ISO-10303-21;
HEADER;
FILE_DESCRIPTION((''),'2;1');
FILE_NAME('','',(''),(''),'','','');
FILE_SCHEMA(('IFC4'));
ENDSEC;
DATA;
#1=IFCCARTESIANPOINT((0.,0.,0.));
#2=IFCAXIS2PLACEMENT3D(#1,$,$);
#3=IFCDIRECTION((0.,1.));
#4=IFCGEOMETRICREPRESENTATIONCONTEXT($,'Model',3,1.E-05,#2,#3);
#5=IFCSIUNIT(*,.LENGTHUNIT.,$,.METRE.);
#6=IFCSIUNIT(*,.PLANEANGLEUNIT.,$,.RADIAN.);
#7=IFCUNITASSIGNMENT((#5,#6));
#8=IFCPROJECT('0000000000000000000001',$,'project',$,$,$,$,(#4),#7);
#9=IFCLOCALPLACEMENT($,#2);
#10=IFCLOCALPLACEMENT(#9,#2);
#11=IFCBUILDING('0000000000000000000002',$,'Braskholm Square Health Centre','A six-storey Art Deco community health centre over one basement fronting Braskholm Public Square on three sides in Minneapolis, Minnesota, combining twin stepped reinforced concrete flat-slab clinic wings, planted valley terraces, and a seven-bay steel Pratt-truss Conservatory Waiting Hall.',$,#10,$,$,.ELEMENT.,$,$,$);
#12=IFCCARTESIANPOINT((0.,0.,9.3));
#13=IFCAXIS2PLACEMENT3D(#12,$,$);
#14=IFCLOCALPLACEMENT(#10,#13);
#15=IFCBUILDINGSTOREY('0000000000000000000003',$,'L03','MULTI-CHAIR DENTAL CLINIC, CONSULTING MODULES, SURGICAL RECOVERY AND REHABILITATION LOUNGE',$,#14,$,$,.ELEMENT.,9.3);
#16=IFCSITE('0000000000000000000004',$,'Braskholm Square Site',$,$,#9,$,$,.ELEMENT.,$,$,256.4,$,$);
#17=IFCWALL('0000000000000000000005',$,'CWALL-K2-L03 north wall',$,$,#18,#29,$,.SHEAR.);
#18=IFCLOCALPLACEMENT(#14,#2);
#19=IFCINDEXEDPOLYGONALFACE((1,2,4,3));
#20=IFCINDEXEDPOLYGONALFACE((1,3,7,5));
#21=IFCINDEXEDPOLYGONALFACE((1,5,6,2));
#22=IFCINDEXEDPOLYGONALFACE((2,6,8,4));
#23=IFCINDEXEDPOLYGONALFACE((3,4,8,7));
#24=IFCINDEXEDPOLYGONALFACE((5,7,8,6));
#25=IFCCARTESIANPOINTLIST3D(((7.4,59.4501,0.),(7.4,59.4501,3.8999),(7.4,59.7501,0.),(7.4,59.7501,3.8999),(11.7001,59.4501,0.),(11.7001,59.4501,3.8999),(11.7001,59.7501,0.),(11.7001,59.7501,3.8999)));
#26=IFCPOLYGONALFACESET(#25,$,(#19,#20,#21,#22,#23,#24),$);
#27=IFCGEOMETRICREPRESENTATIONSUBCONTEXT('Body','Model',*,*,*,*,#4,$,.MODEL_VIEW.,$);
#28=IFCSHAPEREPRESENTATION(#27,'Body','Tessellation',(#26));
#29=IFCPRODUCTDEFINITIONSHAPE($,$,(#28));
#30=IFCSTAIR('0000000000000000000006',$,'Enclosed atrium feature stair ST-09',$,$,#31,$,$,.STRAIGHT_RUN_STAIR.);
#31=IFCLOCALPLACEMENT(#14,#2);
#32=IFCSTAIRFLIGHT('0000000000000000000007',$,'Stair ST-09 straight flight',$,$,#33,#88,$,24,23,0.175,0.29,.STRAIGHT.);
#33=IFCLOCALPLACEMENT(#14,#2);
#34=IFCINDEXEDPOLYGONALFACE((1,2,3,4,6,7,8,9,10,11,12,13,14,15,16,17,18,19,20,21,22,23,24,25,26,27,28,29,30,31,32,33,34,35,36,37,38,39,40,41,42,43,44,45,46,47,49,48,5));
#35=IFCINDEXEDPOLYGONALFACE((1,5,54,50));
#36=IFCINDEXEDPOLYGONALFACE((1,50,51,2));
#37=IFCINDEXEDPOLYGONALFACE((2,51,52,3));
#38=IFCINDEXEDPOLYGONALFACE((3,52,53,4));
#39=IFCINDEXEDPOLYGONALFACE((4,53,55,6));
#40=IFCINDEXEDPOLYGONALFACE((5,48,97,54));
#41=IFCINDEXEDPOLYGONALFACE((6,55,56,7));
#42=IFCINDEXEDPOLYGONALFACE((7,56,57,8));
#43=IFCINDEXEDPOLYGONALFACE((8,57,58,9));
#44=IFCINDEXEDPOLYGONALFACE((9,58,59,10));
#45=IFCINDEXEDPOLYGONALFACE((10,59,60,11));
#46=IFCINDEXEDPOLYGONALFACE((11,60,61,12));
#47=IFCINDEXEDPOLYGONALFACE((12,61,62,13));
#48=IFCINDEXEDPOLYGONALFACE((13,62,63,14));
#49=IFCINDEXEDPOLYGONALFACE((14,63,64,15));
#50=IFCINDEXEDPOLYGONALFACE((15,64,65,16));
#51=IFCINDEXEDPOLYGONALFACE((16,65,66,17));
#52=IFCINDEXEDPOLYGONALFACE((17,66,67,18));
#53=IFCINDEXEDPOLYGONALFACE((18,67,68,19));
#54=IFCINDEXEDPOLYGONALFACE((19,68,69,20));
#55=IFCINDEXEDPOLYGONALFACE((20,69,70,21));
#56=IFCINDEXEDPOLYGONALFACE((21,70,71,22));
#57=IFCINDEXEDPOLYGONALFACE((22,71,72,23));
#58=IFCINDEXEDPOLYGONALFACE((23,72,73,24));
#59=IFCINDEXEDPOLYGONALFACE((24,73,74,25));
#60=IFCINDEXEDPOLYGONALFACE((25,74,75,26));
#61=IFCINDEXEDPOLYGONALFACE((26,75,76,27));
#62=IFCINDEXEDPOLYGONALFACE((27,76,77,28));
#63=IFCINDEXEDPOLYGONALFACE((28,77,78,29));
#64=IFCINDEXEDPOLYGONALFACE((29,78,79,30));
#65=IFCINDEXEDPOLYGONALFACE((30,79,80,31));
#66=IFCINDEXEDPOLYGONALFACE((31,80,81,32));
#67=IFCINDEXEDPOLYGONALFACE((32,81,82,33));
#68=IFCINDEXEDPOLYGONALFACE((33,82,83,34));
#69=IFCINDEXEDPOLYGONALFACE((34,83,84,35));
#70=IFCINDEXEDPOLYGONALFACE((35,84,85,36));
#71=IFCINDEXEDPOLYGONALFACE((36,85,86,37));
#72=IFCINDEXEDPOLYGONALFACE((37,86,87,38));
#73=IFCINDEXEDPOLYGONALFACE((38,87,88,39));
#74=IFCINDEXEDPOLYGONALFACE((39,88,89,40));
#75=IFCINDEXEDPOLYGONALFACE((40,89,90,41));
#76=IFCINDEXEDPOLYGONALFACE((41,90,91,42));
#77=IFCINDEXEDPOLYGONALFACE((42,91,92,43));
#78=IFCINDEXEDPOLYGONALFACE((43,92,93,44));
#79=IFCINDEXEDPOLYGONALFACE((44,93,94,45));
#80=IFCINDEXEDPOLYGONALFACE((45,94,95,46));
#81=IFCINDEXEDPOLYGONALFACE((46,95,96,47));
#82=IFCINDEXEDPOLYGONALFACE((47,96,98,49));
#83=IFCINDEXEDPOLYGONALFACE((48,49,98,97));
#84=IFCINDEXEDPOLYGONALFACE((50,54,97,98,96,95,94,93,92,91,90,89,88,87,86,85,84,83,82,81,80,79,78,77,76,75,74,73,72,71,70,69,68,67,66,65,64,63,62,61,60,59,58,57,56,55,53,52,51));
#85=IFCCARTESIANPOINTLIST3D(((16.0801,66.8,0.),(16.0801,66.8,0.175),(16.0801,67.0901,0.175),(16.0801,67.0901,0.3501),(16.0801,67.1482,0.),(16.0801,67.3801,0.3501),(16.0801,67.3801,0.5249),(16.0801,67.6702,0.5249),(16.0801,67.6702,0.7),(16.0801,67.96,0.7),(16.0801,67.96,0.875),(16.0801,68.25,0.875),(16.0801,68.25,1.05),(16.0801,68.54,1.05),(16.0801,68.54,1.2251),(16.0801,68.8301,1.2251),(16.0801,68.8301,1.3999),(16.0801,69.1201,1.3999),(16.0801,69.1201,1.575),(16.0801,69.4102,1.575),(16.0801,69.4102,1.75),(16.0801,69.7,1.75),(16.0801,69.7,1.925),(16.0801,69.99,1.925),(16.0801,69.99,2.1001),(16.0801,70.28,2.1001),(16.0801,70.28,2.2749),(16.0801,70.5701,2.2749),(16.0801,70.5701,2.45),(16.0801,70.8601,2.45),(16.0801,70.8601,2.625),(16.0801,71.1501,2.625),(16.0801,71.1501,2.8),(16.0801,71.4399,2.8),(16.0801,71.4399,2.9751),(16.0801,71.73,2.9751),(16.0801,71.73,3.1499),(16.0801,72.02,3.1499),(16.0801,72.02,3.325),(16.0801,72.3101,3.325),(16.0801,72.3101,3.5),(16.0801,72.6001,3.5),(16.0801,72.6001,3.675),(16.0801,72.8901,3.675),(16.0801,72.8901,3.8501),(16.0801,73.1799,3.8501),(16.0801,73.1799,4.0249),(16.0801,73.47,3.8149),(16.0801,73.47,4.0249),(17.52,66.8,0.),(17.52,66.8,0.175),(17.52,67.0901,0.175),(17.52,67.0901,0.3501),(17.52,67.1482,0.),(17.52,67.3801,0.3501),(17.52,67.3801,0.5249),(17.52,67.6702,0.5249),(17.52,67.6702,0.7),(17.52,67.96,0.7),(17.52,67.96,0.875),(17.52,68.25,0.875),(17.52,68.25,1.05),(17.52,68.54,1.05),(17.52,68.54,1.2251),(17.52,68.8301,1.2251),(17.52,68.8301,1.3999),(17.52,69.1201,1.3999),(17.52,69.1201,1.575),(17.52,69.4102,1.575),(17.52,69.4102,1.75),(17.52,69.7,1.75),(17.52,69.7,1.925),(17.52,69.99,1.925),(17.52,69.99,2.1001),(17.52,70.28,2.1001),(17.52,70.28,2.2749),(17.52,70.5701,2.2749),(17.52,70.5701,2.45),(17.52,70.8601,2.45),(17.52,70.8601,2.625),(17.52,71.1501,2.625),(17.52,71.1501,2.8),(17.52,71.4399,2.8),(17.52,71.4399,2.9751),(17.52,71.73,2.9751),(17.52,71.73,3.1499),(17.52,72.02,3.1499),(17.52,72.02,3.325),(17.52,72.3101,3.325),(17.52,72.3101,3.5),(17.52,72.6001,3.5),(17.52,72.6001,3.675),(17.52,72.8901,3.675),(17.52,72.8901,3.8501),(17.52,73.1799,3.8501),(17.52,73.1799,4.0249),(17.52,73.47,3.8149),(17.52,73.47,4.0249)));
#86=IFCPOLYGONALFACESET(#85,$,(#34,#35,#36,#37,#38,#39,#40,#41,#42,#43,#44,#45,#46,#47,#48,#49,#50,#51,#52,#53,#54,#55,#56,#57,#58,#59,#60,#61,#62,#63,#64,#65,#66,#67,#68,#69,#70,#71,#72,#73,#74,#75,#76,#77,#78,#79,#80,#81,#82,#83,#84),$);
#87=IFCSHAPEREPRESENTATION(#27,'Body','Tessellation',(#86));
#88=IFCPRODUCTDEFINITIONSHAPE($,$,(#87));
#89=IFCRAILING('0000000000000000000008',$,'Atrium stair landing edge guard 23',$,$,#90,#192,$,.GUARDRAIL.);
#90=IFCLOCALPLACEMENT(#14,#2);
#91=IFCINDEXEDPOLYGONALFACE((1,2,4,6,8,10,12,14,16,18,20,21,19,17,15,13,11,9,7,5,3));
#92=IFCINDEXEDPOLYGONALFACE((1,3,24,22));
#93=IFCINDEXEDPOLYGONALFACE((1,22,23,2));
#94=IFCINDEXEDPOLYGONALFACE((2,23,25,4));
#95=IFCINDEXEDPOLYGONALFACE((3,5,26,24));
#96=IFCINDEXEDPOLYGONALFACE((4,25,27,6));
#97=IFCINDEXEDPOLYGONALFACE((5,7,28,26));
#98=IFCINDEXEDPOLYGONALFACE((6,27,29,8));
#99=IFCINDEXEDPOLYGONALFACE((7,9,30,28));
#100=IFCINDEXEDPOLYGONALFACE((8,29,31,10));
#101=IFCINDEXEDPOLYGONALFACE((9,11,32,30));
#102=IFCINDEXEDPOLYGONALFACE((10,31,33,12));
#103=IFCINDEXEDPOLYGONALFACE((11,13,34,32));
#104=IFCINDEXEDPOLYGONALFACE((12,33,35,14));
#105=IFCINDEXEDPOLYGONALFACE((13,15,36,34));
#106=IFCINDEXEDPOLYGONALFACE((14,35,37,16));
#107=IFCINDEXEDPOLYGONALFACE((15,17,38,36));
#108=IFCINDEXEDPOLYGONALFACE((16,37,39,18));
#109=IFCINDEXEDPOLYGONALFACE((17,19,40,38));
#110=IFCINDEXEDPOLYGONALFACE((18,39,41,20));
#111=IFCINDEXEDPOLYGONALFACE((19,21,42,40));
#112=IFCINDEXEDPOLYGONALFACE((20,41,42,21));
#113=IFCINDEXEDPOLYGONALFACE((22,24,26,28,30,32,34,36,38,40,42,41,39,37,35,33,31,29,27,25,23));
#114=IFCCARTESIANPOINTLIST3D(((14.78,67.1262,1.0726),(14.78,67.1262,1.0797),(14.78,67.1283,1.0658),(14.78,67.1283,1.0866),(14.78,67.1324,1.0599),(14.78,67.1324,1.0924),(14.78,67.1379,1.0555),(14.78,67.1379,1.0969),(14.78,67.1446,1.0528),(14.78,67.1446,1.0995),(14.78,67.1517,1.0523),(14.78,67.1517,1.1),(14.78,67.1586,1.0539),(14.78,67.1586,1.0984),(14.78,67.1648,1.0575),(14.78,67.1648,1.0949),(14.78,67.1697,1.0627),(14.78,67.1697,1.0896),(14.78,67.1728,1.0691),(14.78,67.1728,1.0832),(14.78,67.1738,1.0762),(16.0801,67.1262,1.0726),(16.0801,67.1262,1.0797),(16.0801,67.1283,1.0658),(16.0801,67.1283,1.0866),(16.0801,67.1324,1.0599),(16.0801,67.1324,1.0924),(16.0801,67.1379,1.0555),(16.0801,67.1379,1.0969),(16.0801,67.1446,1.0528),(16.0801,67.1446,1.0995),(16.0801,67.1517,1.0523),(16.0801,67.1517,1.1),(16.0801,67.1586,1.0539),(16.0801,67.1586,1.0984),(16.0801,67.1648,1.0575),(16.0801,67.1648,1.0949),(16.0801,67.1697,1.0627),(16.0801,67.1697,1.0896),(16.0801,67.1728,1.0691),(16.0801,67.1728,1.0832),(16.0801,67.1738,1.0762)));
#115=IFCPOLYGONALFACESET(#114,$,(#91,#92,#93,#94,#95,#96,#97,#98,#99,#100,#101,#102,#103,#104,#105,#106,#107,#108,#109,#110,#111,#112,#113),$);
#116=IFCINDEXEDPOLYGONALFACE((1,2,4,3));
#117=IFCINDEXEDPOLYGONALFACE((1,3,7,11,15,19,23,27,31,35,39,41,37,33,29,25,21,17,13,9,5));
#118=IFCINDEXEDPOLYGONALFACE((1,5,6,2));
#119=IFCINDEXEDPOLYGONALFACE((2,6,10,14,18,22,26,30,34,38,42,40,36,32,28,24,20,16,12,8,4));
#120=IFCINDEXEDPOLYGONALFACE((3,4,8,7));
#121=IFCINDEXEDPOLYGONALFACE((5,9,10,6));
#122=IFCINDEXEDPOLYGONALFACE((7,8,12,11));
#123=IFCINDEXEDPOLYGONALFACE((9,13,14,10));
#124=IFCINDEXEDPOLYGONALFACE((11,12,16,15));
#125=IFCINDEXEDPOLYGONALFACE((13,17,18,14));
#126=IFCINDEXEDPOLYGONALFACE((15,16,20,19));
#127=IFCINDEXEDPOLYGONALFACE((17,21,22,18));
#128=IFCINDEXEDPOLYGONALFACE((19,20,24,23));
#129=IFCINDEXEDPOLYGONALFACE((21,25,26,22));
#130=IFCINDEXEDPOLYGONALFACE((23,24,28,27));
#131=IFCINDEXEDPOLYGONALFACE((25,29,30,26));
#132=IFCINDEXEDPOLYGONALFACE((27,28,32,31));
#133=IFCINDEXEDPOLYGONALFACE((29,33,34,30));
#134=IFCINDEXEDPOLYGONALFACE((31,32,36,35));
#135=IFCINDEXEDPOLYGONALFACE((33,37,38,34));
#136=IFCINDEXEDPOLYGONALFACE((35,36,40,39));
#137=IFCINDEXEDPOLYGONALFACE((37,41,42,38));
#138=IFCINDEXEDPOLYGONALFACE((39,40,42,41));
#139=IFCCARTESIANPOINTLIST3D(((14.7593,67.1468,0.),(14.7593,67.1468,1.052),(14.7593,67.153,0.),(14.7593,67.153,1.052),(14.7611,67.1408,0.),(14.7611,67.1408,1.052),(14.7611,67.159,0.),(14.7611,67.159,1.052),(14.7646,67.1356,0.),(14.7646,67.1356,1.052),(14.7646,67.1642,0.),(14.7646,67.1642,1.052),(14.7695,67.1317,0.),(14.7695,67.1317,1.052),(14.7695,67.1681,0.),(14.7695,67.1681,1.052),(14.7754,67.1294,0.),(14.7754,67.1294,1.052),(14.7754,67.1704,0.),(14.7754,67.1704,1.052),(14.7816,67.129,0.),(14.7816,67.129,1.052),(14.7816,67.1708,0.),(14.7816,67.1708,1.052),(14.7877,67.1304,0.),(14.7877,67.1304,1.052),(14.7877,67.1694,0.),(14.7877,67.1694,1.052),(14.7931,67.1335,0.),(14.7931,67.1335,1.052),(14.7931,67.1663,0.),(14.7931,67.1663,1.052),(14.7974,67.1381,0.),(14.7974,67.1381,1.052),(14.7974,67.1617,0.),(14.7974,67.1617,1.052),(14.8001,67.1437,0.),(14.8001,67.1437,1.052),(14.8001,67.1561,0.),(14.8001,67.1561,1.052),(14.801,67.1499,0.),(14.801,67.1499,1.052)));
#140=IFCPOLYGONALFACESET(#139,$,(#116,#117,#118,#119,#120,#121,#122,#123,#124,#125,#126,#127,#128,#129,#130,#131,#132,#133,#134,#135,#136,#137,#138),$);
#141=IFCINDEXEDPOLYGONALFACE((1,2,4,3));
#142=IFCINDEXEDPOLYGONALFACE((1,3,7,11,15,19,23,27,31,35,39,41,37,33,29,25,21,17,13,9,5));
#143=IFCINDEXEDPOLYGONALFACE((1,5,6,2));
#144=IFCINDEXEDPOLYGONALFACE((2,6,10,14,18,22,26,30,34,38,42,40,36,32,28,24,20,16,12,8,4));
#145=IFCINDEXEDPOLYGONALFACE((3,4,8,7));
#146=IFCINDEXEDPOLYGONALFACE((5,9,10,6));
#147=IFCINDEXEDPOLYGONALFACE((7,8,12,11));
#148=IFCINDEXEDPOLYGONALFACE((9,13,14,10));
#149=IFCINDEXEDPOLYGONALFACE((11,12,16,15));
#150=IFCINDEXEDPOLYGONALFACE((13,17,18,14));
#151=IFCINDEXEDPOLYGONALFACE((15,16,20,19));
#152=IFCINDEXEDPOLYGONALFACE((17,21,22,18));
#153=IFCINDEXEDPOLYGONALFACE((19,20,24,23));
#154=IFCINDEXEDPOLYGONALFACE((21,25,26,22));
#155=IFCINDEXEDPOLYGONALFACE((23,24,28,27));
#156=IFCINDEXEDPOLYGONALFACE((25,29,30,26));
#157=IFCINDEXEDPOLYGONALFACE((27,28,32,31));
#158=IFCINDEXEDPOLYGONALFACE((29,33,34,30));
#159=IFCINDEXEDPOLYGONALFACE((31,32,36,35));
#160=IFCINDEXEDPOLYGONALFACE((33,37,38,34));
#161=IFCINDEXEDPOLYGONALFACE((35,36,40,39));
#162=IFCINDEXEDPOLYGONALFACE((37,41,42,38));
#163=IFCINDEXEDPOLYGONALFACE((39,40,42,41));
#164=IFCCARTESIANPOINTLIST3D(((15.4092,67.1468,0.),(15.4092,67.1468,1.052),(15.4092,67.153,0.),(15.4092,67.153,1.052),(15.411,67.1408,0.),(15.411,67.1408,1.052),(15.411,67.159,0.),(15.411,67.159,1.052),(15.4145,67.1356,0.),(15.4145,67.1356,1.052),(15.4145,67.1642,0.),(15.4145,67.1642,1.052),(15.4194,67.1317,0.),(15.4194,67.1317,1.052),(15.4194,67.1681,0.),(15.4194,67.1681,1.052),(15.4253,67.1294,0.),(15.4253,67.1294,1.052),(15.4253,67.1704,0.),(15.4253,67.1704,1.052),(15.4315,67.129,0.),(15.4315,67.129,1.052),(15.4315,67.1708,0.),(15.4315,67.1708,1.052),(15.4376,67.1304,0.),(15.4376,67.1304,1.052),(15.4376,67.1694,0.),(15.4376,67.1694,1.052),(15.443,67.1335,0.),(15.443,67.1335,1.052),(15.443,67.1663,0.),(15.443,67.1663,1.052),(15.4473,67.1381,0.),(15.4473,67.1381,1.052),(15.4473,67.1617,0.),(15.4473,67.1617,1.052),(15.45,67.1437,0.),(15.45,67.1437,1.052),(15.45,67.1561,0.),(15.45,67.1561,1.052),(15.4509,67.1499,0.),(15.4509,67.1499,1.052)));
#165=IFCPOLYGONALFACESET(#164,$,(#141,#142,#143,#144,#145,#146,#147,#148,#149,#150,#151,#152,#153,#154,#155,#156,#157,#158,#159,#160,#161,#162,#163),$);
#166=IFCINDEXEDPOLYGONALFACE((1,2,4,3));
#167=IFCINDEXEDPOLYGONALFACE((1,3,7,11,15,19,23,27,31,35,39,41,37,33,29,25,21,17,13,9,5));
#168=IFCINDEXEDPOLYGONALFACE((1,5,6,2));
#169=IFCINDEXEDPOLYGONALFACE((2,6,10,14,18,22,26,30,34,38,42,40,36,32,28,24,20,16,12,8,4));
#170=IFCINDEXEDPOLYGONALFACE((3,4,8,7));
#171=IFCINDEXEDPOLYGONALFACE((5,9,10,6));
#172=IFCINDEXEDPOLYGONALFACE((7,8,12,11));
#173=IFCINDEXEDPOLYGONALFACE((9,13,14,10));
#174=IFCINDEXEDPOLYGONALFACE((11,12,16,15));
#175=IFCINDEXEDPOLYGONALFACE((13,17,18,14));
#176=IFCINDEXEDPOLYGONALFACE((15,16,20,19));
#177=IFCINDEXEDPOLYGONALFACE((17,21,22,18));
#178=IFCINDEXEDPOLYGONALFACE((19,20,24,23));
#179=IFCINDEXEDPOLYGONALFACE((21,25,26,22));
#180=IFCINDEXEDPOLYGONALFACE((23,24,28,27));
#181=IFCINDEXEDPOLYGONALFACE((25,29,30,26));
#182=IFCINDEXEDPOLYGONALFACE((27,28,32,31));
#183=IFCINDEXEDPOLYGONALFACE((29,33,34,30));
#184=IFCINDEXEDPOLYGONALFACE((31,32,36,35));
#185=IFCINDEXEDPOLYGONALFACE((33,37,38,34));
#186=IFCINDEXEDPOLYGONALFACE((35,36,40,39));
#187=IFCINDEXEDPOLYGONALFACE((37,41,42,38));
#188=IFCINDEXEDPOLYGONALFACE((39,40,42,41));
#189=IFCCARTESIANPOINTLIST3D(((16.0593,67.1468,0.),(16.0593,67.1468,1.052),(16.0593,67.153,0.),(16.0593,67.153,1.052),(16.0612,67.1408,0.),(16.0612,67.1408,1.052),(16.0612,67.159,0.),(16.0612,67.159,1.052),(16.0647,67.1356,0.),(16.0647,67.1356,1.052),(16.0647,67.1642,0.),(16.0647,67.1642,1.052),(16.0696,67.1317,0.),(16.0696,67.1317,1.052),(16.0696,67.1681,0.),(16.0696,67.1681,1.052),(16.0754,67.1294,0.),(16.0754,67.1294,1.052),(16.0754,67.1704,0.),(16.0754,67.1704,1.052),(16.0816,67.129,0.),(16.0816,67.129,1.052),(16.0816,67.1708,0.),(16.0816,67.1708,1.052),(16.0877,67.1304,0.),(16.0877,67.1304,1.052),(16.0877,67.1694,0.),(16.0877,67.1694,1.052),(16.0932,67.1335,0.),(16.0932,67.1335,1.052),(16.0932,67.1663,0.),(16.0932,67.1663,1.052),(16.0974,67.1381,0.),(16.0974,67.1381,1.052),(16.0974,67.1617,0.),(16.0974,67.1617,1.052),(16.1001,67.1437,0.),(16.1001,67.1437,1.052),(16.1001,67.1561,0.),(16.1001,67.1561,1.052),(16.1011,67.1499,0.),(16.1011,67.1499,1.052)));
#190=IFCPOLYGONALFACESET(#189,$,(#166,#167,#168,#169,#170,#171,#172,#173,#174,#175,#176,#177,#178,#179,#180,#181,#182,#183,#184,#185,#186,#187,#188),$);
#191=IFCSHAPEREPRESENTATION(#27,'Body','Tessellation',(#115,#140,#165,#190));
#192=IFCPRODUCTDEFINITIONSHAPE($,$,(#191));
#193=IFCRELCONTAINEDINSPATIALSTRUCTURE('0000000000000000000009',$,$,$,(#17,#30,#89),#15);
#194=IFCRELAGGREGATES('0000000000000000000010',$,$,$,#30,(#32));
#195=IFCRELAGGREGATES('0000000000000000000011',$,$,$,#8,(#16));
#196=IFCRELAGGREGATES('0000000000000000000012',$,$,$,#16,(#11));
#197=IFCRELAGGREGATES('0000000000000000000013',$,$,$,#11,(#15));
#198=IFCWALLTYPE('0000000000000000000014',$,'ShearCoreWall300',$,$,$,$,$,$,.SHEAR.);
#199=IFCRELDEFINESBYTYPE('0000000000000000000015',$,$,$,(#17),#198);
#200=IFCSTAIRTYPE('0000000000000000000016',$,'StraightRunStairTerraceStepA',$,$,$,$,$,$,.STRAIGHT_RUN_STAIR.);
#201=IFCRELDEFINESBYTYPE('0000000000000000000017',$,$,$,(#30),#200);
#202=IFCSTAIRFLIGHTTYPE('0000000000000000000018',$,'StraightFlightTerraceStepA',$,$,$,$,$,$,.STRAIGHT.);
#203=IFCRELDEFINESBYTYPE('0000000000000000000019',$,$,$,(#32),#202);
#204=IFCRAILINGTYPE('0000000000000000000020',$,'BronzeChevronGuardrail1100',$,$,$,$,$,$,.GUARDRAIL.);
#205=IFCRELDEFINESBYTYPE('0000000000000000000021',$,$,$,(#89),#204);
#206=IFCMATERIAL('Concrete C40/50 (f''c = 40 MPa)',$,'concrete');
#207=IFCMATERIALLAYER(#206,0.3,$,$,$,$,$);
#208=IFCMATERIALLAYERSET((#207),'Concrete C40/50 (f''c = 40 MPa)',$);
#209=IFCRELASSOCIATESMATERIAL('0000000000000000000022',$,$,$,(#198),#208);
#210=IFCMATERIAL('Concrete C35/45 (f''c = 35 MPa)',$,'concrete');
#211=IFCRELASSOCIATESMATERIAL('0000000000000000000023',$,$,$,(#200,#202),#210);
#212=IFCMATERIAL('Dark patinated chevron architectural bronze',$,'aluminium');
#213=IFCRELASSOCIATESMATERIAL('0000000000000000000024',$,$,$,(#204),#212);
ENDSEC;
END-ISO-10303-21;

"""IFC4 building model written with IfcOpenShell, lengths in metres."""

from ifc_helpers import new_model, si_unit, direction, frame, frame_2d, origin, origin_2d, place, context, subcontext, project, spatial, polyline, rectangle, circle, outline, extrude, material, layer, layer_set, type_object, element, aggregate, save


model = new_model("IFC4")

# Units and contexts
model_context = context("Model", 3, precision=1e-05, world=origin(), true_north=direction((0.0, 1.0)))
body_context = subcontext(model_context, "Body", "Model", "MODEL_VIEW")
ifc_project = project(units=[si_unit("LENGTHUNIT", "METRE"), si_unit("PLANEANGLEUNIT", "RADIAN")], contexts=[model_context])

# Site, building, storey
site_placement = place(None, origin())
site = spatial("IfcSite", under=ifc_project, at=site_placement, Name="Braskholm Square Site", CompositionType="ELEMENT", RefElevation=256.4)
building_placement = place(site_placement, origin())
building = spatial("IfcBuilding", under=site, at=building_placement, Name="Braskholm Square Health Centre", Description="A six-storey Art Deco community health centre over one basement fronting Braskholm Public Square on three sides in Minneapolis, Minnesota, combining twin stepped reinforced concrete flat-slab clinic wings, planted valley terraces, and a seven-bay steel Pratt-truss Conservatory Waiting Hall.", CompositionType="ELEMENT")
storey_placement = place(building_placement, frame((0.0, 0.0, 9.3)))
storey = spatial("IfcBuildingStorey", under=building, at=storey_placement, Name="L03", Description="MULTI-CHAIR DENTAL CLINIC, CONSULTING MODULES, SURGICAL RECOVERY AND REHABILITATION LOUNGE", CompositionType="ELEMENT", Elevation=9.3)

# Shared definitions
ifc_material_1 = material(Name="Concrete C40/50 (f'c = 40 MPa)", Category="concrete")

# Shared definitions
ifc_material_2 = material(Name="Concrete C35/45 (f'c = 35 MPa)", Category="concrete")

# Wall
ifc_layer_1 = layer(ifc_material_1, 0.3)
ifc_layer_set_1 = layer_set([ifc_layer_1], Name="Concrete C40/50 (f'c = 40 MPa)")
wall_type_1 = type_object("IfcWallType", Name="ShearCoreWall300", PredefinedType="SHEAR", material=ifc_layer_set_1)
wall_1_placement = place(storey_placement, frame((11.7, 59.6001, 0.0), z_axis=(0.0, 0.0, 1.0), x_axis=(-1.0, 0.0, 0.0)))
element("IfcWall", 1, at=wall_1_placement, inside=storey, type_object=wall_type_1, Name="CWALL-K2-L03 north wall", PredefinedType="SHEAR", context=body_context, shape_type="SweptSolid", body=[
    extrude(rectangle(XDim=4.3, YDim=0.3, at=frame_2d((2.1499, 0.0))), origin(), (0.0, 0.0, 1.0), 3.8999),
])

# Stair, stair flight
stair_type = type_object("IfcStairType", Name="StraightRunStairTerraceStepA", PredefinedType="STRAIGHT_RUN_STAIR", material=ifc_material_2)
stair_placement = place(storey_placement, origin())
stair = element("IfcStair", 2, at=stair_placement, inside=storey, type_object=stair_type, Name="Enclosed atrium feature stair ST-09", PredefinedType="STRAIGHT_RUN_STAIR")
stair_flight_type = type_object("IfcStairFlightType", Name="StraightFlightTerraceStepA", PredefinedType="STRAIGHT", material=ifc_material_2)
stair_flight_placement = place(storey_placement, frame((16.8, 66.8, 0.0), z_axis=(0.0, 0.0, 1.0), x_axis=(0.0, 1.0, 0.0)))
stair_flight = element("IfcStairFlight", 3, at=stair_flight_placement, type_object=stair_flight_type, Name="Stair ST-09 straight flight", NumberOfRisers=24, NumberOfTreads=23, PredefinedType="STRAIGHT", RiserHeight=0.175, TreadLength=0.29, context=body_context, shape_type="SweptSolid", body=[
    extrude(outline(polyline([(0.0, 0.0), (0.0, 0.175), (0.29, 0.175), (0.29, 0.3501), (0.5801, 0.3501), (0.5801, 0.5249), (0.8701, 0.5249), (0.8701, 0.7), (1.1599, 0.7), (1.1599, 0.875), (1.45, 0.875), (1.45, 1.05), (1.74, 1.05), (1.74, 1.2251), (2.03, 1.2251), (2.03, 1.3999), (2.3201, 1.3999), (2.3201, 1.575), (2.6101, 1.575), (2.6101, 1.75), (2.8999, 1.75), (2.8999, 1.925), (3.1899, 1.925), (3.1899, 2.1001), (3.48, 2.1001), (3.48, 2.2749), (3.77, 2.2749), (3.77, 2.45), (4.0601, 2.45), (4.0601, 2.625), (4.3501, 2.625), (4.3501, 2.8), (4.6399, 2.8), (4.6399, 2.9751), (4.9299, 2.9751), (4.9299, 3.1499), (5.22, 3.1499), (5.22, 3.325), (5.51, 3.325), (5.51, 3.5), (5.8, 3.5), (5.8, 3.675), (6.0901, 3.675), (6.0901, 3.8501), (6.3799, 3.8501), (6.3799, 4.0249), (6.6699, 4.0249), (6.6699, 4.2), (6.6699, 3.8149), (0.3481, 0.0), (0.0, 0.0)])), frame((0.0, 0.72, 0.0), z_axis=(0.0, -1.0, 0.0), x_axis=(1.0, 0.0, 0.0)), (0.0, 0.0, 1.0), 1.4399),
])
aggregate(stair, [stair_flight])

# Railing
ifc_material_3 = material(Name="Dark patinated chevron architectural bronze", Category="aluminium")
railing_type_1 = type_object("IfcRailingType", Name="BronzeChevronGuardrail1100", PredefinedType="GUARDRAIL", material=ifc_material_3)
for number, where, name in (
    (4, (14.78, 67.1499, 0.0), "Atrium stair landing edge guard 23"),
):
    element("IfcRailing", number, at=place(storey_placement, frame(where)), inside=storey, type_object=railing_type_1, Name=name, PredefinedType="GUARDRAIL", context=body_context, shape_type="SweptSolid", body=[
        extrude(circle(Radius=0.0239, at=origin_2d()), frame((0.0, 0.0, 1.0762), z_axis=(1.0, 0.0, 0.0), x_axis=(0.0, 1.0, 0.0)), (0.0, 0.0, 1.0), 1.3),
        extrude(circle(Radius=0.021, at=origin_2d()), origin(), (0.0, 0.0, 1.0), 1.052),
        extrude(circle(Radius=0.021, at=origin_2d()), frame((0.6499, 0.0, 0.0)), (0.0, 0.0, 1.0), 1.052),
        extrude(circle(Radius=0.021, at=origin_2d()), frame((1.3, 0.0, 0.0)), (0.0, 0.0, 1.0), 1.052),
    ])

save(model, "model.ifc")
